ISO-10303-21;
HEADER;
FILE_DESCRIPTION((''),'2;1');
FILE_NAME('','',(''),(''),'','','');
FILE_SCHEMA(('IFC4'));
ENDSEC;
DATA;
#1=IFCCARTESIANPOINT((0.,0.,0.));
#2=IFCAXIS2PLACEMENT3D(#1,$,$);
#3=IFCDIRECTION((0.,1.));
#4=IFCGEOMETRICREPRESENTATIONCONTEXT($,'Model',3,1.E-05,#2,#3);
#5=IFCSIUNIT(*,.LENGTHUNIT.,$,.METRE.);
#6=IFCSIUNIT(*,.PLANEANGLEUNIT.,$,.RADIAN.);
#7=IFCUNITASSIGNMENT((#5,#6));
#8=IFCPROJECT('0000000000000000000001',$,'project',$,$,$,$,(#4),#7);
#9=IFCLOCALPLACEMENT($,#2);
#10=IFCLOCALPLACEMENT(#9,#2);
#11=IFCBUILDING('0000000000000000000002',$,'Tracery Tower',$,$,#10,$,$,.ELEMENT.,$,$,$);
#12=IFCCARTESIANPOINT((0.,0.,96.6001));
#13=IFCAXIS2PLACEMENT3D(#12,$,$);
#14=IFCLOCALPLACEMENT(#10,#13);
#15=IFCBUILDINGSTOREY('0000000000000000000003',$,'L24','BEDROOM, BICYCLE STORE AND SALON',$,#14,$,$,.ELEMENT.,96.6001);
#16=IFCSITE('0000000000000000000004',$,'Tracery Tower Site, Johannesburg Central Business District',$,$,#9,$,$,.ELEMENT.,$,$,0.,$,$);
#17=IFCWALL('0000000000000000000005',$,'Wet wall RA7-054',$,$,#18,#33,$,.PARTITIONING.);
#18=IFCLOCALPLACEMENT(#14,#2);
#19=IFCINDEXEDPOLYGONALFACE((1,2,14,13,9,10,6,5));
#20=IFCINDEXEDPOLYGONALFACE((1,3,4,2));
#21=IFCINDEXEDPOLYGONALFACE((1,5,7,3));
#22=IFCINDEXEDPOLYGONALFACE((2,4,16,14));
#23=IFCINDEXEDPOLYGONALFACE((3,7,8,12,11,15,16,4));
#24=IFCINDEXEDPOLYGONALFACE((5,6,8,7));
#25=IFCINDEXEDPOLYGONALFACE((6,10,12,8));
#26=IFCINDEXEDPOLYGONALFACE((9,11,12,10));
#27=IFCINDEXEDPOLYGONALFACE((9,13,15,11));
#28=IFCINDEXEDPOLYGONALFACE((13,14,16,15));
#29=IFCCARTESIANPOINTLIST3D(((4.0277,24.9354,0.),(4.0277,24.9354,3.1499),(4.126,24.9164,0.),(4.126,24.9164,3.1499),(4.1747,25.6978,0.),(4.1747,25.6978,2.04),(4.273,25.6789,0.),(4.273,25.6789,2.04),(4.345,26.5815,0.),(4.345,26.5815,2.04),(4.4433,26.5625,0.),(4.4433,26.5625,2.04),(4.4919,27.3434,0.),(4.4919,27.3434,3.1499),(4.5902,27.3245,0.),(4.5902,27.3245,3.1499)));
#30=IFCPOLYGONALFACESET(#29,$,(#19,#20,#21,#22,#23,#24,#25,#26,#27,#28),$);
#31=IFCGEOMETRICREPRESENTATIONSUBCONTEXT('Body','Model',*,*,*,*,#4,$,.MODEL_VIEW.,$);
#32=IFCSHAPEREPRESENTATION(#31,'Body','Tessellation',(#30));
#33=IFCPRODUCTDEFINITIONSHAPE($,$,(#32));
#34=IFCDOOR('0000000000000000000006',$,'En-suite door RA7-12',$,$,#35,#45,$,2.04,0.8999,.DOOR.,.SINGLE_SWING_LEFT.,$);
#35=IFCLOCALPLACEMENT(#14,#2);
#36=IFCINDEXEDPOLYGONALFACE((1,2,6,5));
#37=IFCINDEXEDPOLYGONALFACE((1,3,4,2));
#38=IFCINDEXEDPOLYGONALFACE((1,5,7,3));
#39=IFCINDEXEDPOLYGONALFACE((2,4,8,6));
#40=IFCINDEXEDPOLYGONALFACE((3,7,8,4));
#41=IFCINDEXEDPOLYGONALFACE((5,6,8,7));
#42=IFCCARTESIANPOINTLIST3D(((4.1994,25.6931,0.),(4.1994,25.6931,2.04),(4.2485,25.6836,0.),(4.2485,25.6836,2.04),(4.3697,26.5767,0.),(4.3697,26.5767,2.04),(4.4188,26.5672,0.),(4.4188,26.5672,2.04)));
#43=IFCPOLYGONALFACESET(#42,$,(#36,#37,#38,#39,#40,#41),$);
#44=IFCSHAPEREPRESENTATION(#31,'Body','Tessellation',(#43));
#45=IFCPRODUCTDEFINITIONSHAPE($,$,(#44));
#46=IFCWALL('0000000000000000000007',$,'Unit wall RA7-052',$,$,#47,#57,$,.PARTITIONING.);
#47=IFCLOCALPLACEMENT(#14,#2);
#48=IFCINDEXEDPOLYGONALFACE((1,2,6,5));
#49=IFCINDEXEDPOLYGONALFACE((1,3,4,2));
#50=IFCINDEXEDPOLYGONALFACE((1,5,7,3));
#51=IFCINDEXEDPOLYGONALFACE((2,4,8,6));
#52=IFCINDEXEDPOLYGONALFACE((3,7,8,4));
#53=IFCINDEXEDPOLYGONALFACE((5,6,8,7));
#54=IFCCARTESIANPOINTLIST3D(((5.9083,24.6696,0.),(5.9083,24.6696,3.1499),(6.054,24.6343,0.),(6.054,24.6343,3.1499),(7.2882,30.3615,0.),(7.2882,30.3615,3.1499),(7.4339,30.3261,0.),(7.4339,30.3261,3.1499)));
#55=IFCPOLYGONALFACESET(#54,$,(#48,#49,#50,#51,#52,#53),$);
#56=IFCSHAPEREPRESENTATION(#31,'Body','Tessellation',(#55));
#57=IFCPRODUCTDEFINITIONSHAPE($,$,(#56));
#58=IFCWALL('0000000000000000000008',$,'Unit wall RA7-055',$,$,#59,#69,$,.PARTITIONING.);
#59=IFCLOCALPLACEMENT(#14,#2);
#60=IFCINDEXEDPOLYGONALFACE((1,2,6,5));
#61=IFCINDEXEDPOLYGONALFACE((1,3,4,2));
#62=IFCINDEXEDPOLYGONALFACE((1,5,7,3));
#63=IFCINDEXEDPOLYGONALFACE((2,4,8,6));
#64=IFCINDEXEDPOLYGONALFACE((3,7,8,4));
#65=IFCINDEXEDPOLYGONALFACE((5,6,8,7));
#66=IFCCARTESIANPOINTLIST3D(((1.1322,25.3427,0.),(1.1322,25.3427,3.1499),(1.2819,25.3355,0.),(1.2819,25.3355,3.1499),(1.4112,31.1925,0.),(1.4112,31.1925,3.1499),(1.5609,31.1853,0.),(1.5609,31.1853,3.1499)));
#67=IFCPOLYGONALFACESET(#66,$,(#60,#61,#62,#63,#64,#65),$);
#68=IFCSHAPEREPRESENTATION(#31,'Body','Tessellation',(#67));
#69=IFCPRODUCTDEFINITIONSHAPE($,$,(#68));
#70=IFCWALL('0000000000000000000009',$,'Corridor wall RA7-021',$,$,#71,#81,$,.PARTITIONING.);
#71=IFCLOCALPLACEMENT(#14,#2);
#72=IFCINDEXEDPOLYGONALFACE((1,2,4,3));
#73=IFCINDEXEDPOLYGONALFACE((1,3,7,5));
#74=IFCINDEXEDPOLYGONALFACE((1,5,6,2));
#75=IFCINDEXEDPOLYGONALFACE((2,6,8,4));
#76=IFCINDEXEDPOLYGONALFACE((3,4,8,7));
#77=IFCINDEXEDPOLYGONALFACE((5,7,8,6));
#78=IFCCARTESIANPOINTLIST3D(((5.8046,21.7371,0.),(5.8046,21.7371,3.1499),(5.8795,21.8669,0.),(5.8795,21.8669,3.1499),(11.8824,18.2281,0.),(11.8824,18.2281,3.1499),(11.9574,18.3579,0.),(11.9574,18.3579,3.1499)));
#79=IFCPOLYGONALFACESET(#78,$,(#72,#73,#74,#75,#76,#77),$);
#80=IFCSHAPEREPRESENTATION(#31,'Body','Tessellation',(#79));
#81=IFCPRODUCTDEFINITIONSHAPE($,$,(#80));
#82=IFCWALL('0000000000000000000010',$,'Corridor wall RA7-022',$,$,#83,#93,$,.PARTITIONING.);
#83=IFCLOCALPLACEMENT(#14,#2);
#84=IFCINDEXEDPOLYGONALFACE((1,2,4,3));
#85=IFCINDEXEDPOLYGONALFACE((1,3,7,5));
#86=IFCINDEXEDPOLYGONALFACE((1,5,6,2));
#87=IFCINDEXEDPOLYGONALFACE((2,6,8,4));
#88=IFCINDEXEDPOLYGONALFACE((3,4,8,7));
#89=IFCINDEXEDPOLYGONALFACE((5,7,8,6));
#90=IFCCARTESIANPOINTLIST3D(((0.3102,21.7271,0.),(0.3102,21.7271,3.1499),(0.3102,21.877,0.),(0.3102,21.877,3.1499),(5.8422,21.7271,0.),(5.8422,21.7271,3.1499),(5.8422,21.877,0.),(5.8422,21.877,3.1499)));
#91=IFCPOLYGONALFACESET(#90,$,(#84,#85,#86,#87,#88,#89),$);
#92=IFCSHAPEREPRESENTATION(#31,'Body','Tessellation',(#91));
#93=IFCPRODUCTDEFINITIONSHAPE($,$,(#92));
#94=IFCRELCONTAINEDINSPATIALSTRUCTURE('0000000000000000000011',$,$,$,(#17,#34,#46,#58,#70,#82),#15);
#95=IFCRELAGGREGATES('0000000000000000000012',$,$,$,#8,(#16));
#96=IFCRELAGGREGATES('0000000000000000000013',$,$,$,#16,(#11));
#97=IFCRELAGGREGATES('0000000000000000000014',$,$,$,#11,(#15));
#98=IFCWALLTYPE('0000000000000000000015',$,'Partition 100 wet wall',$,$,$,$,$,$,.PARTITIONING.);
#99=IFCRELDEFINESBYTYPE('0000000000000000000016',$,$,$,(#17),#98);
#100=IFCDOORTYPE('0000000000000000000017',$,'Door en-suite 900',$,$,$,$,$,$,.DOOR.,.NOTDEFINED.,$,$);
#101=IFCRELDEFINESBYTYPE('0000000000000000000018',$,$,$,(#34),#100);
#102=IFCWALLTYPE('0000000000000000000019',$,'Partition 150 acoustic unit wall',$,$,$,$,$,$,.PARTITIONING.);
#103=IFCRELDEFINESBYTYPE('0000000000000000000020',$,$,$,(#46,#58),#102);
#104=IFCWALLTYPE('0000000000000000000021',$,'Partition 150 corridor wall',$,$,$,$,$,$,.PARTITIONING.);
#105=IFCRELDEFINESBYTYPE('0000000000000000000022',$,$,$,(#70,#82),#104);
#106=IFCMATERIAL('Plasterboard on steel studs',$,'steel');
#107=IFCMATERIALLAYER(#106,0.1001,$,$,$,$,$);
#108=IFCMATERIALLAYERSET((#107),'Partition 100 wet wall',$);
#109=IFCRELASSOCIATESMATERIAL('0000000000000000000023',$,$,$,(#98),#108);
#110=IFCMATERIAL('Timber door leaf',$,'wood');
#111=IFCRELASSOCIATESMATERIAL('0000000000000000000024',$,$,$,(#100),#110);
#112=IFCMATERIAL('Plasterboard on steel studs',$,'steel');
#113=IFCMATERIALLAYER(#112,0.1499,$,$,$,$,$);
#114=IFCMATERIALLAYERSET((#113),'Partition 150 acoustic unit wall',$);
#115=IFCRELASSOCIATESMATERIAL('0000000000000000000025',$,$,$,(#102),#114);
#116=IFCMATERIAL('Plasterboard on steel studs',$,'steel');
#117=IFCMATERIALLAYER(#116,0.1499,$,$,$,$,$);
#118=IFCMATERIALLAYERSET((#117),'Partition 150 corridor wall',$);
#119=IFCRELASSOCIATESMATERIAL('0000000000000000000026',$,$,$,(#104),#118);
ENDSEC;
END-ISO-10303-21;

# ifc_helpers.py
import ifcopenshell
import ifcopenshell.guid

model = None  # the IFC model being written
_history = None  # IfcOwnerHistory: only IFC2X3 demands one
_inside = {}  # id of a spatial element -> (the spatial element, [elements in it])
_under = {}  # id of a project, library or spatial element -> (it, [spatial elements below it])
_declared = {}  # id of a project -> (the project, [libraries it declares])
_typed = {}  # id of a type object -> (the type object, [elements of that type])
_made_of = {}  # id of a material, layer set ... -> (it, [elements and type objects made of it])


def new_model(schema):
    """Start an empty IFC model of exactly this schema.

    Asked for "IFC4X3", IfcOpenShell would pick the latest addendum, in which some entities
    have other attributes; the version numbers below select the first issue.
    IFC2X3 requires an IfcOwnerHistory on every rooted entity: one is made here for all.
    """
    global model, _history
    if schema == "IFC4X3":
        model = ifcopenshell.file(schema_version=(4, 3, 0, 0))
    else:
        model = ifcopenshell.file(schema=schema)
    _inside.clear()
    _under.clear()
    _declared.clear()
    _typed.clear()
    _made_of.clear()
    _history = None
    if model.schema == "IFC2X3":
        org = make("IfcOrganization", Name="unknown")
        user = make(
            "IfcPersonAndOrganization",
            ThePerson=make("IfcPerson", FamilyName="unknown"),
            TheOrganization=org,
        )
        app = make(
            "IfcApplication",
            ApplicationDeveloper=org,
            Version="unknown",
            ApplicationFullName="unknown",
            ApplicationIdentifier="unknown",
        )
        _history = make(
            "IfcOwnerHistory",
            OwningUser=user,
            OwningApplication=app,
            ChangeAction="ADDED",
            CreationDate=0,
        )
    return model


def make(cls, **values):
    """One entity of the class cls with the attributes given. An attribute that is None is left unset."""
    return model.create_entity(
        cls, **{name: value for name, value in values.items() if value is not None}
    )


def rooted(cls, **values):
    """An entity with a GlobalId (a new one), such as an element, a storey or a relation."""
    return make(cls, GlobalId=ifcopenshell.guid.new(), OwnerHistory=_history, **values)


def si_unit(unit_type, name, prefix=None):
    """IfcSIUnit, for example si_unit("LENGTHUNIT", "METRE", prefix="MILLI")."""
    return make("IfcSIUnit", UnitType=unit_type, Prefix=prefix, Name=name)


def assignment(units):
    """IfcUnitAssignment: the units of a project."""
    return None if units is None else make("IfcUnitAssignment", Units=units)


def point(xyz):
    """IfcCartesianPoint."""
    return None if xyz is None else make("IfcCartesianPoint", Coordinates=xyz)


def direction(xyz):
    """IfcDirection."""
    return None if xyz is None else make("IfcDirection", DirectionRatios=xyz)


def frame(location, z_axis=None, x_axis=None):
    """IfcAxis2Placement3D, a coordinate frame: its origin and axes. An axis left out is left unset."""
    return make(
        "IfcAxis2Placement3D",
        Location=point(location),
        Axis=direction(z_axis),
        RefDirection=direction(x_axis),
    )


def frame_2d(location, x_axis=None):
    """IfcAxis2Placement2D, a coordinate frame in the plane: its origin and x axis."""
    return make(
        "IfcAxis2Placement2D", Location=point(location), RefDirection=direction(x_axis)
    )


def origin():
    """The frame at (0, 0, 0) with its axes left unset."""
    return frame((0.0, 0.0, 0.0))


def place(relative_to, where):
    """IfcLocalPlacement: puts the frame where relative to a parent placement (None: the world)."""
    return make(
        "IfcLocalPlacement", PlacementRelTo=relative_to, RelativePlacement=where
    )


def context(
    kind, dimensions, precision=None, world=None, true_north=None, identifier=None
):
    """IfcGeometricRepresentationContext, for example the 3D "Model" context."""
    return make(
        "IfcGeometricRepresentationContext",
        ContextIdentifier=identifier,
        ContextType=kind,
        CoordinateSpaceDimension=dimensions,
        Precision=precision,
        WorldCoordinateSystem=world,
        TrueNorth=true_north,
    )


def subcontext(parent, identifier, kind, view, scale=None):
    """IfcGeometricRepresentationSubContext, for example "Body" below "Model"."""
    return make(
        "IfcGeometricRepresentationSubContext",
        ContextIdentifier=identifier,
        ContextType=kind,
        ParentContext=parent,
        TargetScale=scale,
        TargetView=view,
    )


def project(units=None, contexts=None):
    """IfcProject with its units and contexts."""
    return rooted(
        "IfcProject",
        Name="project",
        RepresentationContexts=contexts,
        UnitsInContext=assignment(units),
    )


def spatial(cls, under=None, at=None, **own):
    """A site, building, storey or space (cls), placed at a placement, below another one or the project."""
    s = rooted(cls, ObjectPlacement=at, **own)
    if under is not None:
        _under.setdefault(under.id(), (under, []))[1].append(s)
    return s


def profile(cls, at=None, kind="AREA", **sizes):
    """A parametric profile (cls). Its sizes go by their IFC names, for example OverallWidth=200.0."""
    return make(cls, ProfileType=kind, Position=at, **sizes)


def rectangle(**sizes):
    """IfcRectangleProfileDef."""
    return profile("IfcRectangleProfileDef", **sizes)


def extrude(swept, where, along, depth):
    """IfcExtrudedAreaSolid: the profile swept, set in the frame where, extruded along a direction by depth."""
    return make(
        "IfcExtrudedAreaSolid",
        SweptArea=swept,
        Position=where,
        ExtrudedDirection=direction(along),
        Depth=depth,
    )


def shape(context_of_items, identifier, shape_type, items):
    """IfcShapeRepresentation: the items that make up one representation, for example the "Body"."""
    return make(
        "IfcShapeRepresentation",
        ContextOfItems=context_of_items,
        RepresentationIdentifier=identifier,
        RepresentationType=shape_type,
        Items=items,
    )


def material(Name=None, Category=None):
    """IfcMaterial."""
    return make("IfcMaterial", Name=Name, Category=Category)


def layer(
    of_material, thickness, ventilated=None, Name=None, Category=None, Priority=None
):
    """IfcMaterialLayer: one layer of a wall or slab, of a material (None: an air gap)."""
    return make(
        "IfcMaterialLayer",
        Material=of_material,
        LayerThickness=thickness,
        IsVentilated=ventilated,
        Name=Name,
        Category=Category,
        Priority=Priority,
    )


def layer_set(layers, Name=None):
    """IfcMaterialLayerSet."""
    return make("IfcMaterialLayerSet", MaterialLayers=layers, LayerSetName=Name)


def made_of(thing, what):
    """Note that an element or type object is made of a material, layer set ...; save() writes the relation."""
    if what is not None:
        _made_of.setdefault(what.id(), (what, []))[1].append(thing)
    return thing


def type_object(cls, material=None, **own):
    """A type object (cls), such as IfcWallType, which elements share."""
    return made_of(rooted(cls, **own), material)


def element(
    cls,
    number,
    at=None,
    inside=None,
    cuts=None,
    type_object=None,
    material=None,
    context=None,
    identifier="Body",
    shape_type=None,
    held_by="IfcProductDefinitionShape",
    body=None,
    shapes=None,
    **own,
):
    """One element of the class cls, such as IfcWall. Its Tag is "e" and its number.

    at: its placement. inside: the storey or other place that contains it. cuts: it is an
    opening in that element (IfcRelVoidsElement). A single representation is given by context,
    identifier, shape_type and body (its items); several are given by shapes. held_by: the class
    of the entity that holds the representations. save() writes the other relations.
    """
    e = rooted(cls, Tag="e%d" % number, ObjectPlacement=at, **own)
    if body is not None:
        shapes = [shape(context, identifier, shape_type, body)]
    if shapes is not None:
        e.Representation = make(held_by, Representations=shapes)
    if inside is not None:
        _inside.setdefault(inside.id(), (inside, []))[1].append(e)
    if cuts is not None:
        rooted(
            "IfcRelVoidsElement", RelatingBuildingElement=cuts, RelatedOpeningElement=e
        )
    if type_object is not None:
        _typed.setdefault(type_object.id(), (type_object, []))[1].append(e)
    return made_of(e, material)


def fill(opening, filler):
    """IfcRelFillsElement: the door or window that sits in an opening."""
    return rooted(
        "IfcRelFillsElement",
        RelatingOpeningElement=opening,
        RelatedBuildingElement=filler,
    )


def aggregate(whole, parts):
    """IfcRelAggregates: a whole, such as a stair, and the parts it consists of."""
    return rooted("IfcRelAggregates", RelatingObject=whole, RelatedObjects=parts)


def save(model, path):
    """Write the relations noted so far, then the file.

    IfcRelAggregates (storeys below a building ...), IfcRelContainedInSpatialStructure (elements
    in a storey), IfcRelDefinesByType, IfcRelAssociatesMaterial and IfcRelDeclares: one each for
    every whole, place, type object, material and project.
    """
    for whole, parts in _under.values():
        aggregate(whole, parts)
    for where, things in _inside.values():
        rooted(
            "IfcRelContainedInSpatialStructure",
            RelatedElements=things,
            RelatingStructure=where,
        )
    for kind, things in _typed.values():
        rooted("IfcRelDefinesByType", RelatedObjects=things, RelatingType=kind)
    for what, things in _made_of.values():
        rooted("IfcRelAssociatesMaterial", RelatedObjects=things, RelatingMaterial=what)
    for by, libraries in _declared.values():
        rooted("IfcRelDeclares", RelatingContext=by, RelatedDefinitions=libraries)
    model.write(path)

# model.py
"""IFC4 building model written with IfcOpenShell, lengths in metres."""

from ifc_helpers import new_model, si_unit, direction, frame, frame_2d, origin, place, context, subcontext, project, spatial, rectangle, extrude, material, layer, layer_set, type_object, element, fill, save


model = new_model("IFC4")

# Units and contexts
model_context = context("Model", 3, precision=1e-05, world=origin(), true_north=direction((0.0, 1.0)))
body_context = subcontext(model_context, "Body", "Model", "MODEL_VIEW")
ifc_project = project(units=[si_unit("LENGTHUNIT", "METRE"), si_unit("PLANEANGLEUNIT", "RADIAN")], contexts=[model_context])

# Site, building, storey
site_placement = place(None, origin())
site = spatial("IfcSite", under=ifc_project, at=site_placement, Name="Tracery Tower Site, Johannesburg Central Business District", CompositionType="ELEMENT", RefElevation=0.0)
building_placement = place(site_placement, origin())
building = spatial("IfcBuilding", under=site, at=building_placement, Name="Tracery Tower", CompositionType="ELEMENT")
storey_placement = place(building_placement, frame((0.0, 0.0, 96.6001)))
storey = spatial("IfcBuildingStorey", under=building, at=storey_placement, Name="L24", Description="BEDROOM, BICYCLE STORE AND SALON", CompositionType="ELEMENT", Elevation=96.6001)

# Shared definitions
ifc_material_1 = material(Name="Plasterboard on steel studs", Category="steel")
ifc_layer_1 = layer(ifc_material_1, 0.1001)
ifc_layer_set_1 = layer_set([ifc_layer_1], Name="Partition 100 wet wall")
wall_type_1 = type_object("IfcWallType", Name="Partition 100 wet wall", PredefinedType="PARTITIONING", material=ifc_layer_set_1)

# Shared definitions
ifc_material_2 = material(Name="Timber door leaf", Category="wood")
door_type = type_object("IfcDoorType", Name="Door en-suite 900", OperationType="NOTDEFINED", PredefinedType="DOOR", material=ifc_material_2)

# Wall, opening, door
wall_1_placement = place(storey_placement, frame((4.0769, 24.926, 0.0), z_axis=(0.0, 0.0, 1.0), x_axis=(0.189257, 0.981928, 0.0)))
wall_1 = element("IfcWall", 1, at=wall_1_placement, inside=storey, type_object=wall_type_1, Name="Wet wall RA7-054", PredefinedType="PARTITIONING", context=body_context, shape_type="SweptSolid", body=[
    extrude(rectangle(XDim=2.4524, YDim=0.1001, at=frame_2d((1.2261, 0.0))), origin(), (0.0, 0.0, 1.0), 3.1499),
])
opening_1_placement = place(wall_1_placement, frame((0.7764, 0.0, 0.0)))
opening_1 = element("IfcOpeningElement", 2, at=opening_1_placement, cuts=wall_1, PredefinedType="OPENING", context=body_context, shape_type="SweptSolid", body=[
    extrude(rectangle(XDim=0.8999, YDim=2.04, at=frame_2d((0.45, 1.02))), frame((0.0, 0.05, 0.0), z_axis=(0.0, -1.0, 0.0), x_axis=(1.0, 0.0, 0.0)), (0.0, 0.0, 1.0), 0.1001),
])
door_1_placement = place(opening_1_placement, origin())
door_1 = element("IfcDoor", 3, at=door_1_placement, inside=storey, type_object=door_type, Name="En-suite door RA7-12", OperationType="SINGLE_SWING_LEFT", OverallHeight=2.04, OverallWidth=0.8999, PredefinedType="DOOR", context=body_context, shape_type="SweptSolid", body=[
    extrude(rectangle(XDim=0.8999, YDim=2.04, at=frame_2d((0.45, 1.02))), frame((0.0, 0.0249, 0.0), z_axis=(0.0, -1.0, 0.0), x_axis=(1.0, 0.0, 0.0)), (0.0, 0.0, 1.0), 0.05),
])
fill(opening_1, door_1)

# Walls
ifc_material_3 = material(Name="Plasterboard on steel studs", Category="steel")
ifc_layer_2 = layer(ifc_material_3, 0.1499)
ifc_layer_set_2 = layer_set([ifc_layer_2], Name="Partition 150 acoustic unit wall")
wall_type_2 = type_object("IfcWallType", Name="Partition 150 acoustic unit wall", PredefinedType="PARTITIONING", material=ifc_layer_set_2)
wall_2_placement = place(storey_placement, frame((5.9812, 24.6521, 0.0), z_axis=(0.0, 0.0, 1.0), x_axis=(0.235605, 0.971849, 0.0)))
element("IfcWall", 4, at=wall_2_placement, inside=storey, type_object=wall_type_2, Name="Unit wall RA7-052", PredefinedType="PARTITIONING", context=body_context, shape_type="SweptSolid", body=[
    extrude(rectangle(XDim=5.8567, YDim=0.1499, at=frame_2d((2.9282, 0.0))), origin(), (0.0, 0.0, 1.0), 3.1499),
])
wall_3_placement = place(storey_placement, frame((1.207, 25.3391, 0.0), z_axis=(0.0, 0.0, 1.0), x_axis=(0.047648, 0.998864, 0.0)))
element("IfcWall", 5, at=wall_3_placement, inside=storey, type_object=wall_type_2, Name="Unit wall RA7-055", PredefinedType="PARTITIONING", context=body_context, shape_type="SweptSolid", body=[
    extrude(rectangle(XDim=5.8564, YDim=0.1499, at=frame_2d((2.9282, 0.0))), origin(), (0.0, 0.0, 1.0), 3.1499),
])
ifc_material_4 = material(Name="Plasterboard on steel studs", Category="steel")
ifc_layer_3 = layer(ifc_material_4, 0.1499)
ifc_layer_set_3 = layer_set([ifc_layer_3], Name="Partition 150 corridor wall")
wall_type_3 = type_object("IfcWallType", Name="Partition 150 corridor wall", PredefinedType="PARTITIONING", material=ifc_layer_set_3)
wall_4_placement = place(storey_placement, frame((5.842, 21.802, 0.0), z_axis=(0.0, 0.0, 1.0), x_axis=(0.866027, -0.499996, 0.0)))
element("IfcWall", 6, at=wall_4_placement, inside=storey, type_object=wall_type_3, Name="Corridor wall RA7-021", PredefinedType="PARTITIONING", context=body_context, shape_type="SweptSolid", body=[
    extrude(rectangle(XDim=7.0181, YDim=0.1499, at=frame_2d((3.509, 0.0))), origin(), (0.0, 0.0, 1.0), 3.1499),
])
wall_5_placement = place(storey_placement, frame((0.3101, 21.802, 0.0), z_axis=(0.0, 0.0, 1.0), x_axis=(1.0, 0.0, 0.0)))
element("IfcWall", 7, at=wall_5_placement, inside=storey, type_object=wall_type_3, Name="Corridor wall RA7-022", PredefinedType="PARTITIONING", context=body_context, shape_type="SweptSolid", body=[
    extrude(rectangle(XDim=5.532, YDim=0.1499, at=frame_2d((2.7661, 0.0))), origin(), (0.0, 0.0, 1.0), 3.1499),
])

save(model, "model.ifc")
